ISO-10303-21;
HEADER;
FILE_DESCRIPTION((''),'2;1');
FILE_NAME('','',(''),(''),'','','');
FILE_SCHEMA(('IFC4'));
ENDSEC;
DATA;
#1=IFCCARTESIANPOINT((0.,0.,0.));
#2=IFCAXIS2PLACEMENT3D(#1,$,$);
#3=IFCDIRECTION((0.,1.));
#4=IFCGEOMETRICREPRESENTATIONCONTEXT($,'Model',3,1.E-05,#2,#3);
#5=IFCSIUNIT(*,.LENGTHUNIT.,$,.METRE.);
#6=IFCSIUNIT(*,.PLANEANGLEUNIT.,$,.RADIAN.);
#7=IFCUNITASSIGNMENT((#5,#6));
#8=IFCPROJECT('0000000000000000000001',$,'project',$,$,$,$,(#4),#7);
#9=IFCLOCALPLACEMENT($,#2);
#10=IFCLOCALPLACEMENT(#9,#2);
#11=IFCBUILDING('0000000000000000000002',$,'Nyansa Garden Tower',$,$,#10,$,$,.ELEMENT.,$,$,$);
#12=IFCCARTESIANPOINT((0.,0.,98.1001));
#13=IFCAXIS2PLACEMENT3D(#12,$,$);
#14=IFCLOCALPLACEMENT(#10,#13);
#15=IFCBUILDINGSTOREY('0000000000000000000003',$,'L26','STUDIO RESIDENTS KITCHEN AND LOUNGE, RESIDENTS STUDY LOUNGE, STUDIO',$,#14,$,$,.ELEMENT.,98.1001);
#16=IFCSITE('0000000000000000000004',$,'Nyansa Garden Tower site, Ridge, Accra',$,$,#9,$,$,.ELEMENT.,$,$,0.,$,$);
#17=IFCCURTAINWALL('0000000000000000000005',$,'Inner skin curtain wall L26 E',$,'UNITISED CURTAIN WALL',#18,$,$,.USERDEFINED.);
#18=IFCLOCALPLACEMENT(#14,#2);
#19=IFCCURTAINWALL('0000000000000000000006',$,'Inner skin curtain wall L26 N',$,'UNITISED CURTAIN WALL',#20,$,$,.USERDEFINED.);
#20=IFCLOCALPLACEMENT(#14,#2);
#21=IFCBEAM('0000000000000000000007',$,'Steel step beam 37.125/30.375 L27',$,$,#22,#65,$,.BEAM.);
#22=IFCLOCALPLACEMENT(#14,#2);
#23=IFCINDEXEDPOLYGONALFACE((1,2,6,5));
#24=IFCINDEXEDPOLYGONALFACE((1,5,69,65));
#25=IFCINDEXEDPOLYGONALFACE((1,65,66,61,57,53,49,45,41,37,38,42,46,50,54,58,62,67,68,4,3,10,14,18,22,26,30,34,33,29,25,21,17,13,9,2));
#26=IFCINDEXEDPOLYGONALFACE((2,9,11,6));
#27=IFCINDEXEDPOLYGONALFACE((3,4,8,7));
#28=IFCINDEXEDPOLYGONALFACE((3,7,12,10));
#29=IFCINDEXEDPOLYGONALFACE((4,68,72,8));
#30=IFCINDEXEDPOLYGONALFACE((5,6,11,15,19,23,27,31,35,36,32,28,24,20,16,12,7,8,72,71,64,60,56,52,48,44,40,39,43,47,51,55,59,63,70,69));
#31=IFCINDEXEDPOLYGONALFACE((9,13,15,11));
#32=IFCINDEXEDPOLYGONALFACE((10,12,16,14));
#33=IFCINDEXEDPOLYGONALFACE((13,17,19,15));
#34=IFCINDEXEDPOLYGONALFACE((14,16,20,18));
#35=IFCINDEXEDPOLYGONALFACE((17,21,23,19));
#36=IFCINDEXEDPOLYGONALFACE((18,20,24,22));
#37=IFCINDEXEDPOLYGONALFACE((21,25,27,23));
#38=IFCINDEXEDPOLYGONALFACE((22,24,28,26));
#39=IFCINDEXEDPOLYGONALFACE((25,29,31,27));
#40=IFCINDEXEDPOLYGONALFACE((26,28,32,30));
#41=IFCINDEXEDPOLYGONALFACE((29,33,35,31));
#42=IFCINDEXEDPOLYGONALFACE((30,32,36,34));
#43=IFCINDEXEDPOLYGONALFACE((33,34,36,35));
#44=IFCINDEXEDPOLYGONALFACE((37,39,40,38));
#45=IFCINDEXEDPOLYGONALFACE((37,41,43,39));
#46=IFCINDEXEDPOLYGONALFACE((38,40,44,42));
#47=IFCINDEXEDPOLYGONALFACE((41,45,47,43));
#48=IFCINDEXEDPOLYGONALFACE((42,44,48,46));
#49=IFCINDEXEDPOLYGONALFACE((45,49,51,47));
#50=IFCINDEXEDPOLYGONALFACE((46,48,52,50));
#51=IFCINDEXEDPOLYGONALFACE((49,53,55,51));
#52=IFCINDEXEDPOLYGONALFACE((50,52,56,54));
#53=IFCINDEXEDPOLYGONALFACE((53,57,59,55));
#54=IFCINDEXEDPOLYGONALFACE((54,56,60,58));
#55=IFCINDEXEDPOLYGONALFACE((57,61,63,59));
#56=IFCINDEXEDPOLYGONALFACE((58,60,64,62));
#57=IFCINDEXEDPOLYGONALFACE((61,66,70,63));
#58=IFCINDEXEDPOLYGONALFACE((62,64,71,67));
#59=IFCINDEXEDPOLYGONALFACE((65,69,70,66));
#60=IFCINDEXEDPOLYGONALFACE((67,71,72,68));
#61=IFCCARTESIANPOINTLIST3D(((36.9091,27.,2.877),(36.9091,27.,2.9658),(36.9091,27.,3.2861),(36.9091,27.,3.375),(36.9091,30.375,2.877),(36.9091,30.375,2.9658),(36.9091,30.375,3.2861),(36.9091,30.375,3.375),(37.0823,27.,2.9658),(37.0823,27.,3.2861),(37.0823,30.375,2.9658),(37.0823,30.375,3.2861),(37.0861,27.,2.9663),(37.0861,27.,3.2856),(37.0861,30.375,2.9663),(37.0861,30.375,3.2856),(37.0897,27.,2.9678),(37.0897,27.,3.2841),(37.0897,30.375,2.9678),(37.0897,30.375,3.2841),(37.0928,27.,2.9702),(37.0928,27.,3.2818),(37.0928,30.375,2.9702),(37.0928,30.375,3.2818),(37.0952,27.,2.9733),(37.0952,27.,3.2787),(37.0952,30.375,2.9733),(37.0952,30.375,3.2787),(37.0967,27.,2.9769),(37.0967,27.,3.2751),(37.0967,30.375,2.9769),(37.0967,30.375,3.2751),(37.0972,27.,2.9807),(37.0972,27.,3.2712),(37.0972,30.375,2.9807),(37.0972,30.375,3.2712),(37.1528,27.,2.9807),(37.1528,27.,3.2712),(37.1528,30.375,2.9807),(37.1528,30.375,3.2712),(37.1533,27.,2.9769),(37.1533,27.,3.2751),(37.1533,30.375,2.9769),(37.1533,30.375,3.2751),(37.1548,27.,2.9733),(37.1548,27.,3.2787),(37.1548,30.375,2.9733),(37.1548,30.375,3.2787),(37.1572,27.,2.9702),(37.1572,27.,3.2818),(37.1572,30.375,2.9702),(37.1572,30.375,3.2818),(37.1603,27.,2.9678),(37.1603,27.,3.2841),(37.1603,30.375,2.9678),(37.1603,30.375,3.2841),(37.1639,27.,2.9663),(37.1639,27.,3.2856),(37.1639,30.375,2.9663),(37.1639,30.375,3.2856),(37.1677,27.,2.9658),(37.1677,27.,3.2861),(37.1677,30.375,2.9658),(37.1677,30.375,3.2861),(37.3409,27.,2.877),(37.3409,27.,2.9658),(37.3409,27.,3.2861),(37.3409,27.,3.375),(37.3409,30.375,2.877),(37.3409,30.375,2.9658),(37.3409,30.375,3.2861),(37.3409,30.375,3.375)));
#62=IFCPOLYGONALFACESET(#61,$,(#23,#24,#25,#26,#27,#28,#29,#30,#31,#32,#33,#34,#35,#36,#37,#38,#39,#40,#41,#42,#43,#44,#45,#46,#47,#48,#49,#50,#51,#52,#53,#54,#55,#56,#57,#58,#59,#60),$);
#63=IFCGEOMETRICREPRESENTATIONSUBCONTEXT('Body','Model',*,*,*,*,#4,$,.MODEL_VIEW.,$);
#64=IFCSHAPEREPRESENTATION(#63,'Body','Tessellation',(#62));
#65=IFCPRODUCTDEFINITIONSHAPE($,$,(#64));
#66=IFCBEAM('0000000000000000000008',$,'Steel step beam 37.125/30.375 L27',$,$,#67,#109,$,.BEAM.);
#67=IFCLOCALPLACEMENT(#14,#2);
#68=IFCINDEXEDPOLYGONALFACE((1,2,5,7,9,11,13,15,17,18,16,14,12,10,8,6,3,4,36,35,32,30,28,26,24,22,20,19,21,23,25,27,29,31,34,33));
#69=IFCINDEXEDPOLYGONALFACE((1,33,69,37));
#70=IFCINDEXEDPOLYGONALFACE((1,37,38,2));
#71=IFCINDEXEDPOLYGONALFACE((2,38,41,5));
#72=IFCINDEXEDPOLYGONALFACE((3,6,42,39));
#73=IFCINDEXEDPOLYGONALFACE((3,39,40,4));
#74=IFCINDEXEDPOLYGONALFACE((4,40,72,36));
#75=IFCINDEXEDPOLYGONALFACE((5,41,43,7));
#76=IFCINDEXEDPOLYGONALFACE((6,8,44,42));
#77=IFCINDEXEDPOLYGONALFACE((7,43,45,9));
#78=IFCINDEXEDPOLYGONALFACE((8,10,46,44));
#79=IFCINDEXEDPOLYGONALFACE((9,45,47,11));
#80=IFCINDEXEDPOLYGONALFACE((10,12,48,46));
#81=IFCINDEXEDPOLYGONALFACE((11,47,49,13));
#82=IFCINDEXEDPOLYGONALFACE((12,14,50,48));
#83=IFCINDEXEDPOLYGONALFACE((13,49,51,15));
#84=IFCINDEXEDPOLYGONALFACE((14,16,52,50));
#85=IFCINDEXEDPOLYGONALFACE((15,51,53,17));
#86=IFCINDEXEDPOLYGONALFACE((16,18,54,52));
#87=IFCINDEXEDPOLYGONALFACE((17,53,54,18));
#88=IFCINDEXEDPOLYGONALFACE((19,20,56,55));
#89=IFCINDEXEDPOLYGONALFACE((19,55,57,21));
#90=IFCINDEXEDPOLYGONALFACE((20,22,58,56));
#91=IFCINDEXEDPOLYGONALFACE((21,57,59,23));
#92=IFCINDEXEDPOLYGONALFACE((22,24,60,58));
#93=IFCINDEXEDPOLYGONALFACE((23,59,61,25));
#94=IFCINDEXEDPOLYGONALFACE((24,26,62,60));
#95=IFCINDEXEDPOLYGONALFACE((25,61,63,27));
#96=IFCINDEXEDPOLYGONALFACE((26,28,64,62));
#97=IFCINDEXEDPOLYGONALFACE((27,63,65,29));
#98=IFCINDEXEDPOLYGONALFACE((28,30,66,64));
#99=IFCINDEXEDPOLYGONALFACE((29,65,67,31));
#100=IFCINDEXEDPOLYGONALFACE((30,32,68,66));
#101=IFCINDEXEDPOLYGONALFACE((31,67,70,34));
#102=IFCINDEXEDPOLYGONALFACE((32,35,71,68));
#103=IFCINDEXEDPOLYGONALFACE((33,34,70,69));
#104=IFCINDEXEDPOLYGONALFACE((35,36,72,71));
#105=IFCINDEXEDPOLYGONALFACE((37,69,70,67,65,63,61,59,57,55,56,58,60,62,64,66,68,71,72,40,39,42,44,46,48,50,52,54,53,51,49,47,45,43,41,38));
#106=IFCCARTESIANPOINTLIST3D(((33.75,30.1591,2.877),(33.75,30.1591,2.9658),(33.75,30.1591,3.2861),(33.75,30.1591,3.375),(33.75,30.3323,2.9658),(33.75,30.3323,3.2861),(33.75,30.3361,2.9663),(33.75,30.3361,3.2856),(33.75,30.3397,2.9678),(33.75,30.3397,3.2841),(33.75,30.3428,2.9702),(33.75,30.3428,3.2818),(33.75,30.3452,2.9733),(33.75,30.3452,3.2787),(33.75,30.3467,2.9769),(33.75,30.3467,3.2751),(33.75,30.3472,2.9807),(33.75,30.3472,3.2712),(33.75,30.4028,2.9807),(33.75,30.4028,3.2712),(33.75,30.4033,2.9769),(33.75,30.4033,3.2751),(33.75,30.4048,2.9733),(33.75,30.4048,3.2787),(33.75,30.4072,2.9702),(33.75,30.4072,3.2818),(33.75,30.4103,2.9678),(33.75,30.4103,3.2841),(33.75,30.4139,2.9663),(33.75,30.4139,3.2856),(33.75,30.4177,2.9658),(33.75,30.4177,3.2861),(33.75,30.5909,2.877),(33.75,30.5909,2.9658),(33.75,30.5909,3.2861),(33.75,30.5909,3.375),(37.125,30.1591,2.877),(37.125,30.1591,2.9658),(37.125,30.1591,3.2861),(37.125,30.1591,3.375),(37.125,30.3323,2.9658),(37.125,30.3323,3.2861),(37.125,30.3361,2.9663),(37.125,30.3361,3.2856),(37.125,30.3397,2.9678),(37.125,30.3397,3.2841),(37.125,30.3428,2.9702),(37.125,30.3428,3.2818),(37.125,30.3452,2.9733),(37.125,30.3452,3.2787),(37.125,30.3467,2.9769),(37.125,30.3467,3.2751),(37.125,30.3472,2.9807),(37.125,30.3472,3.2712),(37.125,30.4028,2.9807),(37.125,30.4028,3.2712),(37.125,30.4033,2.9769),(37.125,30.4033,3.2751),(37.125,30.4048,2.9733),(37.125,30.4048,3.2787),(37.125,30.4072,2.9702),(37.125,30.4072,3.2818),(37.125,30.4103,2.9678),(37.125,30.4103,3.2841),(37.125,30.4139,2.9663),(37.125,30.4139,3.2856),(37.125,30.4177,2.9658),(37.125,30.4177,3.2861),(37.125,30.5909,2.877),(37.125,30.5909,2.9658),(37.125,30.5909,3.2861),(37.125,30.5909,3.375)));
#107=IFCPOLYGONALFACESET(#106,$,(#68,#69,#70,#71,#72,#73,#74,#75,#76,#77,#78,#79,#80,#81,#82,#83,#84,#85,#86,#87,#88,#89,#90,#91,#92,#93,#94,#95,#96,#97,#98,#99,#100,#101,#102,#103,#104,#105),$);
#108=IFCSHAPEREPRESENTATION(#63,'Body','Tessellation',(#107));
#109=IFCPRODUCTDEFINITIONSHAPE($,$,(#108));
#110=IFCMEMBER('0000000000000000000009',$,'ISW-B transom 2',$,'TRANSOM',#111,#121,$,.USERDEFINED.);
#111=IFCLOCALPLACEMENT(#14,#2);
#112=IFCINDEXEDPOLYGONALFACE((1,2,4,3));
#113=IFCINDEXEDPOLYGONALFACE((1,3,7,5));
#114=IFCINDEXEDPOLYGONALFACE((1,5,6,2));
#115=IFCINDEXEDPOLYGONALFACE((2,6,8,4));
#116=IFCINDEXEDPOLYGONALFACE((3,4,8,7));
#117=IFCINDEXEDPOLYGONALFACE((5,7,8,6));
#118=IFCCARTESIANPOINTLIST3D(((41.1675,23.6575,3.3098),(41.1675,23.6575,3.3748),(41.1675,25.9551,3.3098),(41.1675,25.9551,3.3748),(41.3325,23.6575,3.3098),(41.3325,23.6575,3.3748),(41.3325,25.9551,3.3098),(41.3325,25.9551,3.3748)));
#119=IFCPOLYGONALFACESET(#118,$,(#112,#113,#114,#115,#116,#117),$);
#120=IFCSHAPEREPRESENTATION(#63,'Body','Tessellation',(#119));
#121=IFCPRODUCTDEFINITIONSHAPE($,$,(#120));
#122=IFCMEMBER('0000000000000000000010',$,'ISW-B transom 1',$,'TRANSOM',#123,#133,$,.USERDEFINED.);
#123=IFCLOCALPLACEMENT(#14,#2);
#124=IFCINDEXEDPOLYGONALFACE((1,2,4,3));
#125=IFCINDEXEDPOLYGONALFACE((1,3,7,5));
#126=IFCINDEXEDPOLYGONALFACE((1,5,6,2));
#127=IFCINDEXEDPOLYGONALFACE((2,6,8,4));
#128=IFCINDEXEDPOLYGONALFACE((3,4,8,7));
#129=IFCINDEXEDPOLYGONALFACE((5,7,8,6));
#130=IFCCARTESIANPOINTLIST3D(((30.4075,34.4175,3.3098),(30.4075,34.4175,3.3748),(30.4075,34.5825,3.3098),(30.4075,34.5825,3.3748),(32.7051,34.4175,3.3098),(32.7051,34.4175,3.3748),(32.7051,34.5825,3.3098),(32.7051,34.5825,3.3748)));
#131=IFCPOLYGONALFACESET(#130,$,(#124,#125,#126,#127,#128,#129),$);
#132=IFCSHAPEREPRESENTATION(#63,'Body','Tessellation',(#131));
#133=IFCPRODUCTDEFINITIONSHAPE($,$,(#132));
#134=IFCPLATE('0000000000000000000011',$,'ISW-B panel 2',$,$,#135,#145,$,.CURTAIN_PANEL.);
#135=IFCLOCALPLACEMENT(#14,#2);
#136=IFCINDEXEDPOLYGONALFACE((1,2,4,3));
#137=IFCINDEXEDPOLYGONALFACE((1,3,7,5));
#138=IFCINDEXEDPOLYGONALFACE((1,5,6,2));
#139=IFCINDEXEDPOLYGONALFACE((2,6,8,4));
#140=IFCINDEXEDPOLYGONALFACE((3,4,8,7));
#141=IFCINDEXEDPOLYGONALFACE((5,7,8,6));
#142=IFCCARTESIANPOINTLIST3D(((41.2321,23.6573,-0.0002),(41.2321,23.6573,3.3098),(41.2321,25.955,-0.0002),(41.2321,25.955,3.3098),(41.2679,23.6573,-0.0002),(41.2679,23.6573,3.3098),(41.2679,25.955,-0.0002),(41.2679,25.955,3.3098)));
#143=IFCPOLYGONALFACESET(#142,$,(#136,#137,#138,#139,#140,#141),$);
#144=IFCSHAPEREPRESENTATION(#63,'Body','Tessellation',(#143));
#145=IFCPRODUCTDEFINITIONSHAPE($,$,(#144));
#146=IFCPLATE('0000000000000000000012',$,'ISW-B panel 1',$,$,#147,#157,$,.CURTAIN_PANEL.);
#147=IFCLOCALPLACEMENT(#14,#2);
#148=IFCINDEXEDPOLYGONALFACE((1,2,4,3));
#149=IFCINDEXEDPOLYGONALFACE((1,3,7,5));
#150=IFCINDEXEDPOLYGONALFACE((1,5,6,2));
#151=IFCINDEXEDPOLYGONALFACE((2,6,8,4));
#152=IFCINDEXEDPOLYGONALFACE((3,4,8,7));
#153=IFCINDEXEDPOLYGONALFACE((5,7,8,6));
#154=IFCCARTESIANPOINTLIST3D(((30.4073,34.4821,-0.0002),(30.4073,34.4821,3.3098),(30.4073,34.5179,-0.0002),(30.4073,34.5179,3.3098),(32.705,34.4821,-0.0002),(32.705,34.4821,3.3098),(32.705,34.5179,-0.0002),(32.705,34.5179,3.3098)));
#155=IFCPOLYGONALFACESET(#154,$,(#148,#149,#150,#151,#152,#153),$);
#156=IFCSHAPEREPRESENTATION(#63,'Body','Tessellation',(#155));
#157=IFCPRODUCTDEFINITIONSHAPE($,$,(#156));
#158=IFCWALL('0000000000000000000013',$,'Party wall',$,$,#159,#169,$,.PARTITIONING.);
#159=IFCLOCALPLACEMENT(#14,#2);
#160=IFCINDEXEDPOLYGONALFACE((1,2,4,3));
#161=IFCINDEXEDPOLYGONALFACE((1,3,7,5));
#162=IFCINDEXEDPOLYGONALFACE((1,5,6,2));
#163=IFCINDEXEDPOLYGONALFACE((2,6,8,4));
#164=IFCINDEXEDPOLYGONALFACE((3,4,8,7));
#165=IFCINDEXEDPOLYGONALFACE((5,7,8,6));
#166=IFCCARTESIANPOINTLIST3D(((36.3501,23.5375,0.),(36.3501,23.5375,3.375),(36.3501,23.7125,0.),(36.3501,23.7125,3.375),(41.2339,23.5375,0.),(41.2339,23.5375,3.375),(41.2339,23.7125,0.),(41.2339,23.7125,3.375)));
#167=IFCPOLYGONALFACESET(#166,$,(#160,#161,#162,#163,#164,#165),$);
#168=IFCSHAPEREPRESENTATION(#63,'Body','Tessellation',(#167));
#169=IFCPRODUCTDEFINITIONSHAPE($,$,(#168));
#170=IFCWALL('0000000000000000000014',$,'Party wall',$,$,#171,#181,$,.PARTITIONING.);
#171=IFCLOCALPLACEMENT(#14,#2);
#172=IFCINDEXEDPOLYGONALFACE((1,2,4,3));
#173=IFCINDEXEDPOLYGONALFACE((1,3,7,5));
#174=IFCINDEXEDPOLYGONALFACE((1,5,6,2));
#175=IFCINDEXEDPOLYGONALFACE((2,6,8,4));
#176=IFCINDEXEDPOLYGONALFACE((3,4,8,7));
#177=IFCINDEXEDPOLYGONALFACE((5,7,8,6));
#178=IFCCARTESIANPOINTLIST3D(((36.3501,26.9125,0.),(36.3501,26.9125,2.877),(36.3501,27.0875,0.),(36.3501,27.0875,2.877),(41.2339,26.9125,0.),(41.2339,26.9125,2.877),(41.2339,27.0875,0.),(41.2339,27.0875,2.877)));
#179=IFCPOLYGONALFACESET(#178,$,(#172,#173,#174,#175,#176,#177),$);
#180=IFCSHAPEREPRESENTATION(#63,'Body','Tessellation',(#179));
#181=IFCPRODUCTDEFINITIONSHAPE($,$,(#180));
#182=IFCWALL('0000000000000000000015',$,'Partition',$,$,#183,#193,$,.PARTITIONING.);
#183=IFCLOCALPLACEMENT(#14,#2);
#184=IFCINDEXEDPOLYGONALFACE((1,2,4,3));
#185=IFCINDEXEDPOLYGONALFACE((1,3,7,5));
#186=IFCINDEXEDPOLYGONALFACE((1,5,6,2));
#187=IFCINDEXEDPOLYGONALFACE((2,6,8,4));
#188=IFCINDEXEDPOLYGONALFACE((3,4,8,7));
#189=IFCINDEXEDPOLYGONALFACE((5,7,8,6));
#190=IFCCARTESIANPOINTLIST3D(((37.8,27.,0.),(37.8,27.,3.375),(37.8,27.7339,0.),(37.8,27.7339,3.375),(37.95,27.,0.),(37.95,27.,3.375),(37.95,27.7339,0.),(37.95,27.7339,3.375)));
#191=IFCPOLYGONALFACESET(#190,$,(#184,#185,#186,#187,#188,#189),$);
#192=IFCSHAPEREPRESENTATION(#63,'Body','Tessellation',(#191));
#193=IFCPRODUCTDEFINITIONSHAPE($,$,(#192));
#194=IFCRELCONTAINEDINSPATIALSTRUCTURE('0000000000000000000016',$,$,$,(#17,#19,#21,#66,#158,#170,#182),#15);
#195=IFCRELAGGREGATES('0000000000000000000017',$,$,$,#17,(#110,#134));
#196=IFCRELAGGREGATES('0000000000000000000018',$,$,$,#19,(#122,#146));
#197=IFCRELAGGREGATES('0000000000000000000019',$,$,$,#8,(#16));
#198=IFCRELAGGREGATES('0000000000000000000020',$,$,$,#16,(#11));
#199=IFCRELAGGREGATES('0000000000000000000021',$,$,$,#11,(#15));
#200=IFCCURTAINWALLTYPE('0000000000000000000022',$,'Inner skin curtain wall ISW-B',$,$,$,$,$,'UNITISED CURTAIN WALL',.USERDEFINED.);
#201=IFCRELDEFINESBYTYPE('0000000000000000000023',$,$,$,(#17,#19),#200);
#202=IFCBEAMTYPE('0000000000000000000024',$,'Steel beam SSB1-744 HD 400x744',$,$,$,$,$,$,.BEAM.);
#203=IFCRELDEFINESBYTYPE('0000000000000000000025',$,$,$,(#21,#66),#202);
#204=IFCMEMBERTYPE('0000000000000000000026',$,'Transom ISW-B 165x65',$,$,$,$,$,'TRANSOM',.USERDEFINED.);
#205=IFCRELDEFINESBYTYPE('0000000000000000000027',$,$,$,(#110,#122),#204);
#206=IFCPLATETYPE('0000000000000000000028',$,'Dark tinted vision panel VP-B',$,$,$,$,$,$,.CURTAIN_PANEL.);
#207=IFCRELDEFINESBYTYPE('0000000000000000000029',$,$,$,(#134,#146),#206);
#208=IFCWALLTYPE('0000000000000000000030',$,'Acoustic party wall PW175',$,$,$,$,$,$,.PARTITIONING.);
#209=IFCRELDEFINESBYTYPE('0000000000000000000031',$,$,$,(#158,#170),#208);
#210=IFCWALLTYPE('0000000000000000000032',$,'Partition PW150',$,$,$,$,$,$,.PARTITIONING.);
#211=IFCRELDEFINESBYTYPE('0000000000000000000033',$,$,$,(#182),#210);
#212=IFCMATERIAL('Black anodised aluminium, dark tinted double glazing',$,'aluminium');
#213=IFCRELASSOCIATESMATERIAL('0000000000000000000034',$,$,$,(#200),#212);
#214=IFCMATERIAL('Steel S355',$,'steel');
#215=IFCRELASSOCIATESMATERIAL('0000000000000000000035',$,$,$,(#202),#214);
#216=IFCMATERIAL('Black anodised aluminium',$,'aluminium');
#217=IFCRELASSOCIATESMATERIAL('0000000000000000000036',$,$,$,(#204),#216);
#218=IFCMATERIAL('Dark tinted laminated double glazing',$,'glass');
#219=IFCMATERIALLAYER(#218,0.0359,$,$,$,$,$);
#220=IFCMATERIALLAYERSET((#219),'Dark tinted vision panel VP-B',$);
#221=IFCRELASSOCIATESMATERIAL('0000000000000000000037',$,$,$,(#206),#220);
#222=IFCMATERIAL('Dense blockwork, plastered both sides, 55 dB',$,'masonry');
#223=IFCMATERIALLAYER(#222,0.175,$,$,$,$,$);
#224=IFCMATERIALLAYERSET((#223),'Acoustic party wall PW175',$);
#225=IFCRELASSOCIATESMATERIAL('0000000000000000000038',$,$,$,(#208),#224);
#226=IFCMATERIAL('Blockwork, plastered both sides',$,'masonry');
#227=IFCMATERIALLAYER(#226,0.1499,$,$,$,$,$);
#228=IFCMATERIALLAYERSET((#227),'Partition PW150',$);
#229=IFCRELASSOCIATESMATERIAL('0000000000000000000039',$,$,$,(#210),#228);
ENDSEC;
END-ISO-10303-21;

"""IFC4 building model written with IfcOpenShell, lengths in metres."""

from ifc_helpers import new_model, si_unit, direction, frame, frame_2d, origin, origin_2d, place, context, subcontext, project, spatial, rectangle, i_section, extrude, material, layer, layer_set, material_profile, profile_set, type_object, element, aggregate, save


model = new_model("IFC4")

# Units and contexts
model_context = context("Model", 3, precision=1e-05, world=origin(), true_north=direction((0.0, 1.0)))
body_context = subcontext(model_context, "Body", "Model", "MODEL_VIEW")
ifc_project = project(units=[si_unit("LENGTHUNIT", "METRE"), si_unit("PLANEANGLEUNIT", "RADIAN")], contexts=[model_context])

# Site, building, storey
site_placement = place(None, origin())
site = spatial("IfcSite", under=ifc_project, at=site_placement, Name="Nyansa Garden Tower site, Ridge, Accra", CompositionType="ELEMENT", RefElevation=0.0)
building_placement = place(site_placement, origin())
building = spatial("IfcBuilding", under=site, at=building_placement, Name="Nyansa Garden Tower", CompositionType="ELEMENT")
storey_placement = place(building_placement, frame((0.0, 0.0, 98.1001)))
storey = spatial("IfcBuildingStorey", under=building, at=storey_placement, Name="L26", Description="STUDIO RESIDENTS KITCHEN AND LOUNGE, RESIDENTS STUDY LOUNGE, STUDIO", CompositionType="ELEMENT", Elevation=98.1001)

# Curtain wall
ifc_material_1 = material(Name="Black anodised aluminium, dark tinted double glazing", Category="aluminium")
curtain_wall_type = type_object("IfcCurtainWallType", Name="Inner skin curtain wall ISW-B", ElementType="UNITISED CURTAIN WALL", PredefinedType="USERDEFINED", material=ifc_material_1)
curtain_wall_1_placement = place(storey_placement, origin())
curtain_wall_1 = element("IfcCurtainWall", 1, at=curtain_wall_1_placement, inside=storey, type_object=curtain_wall_type, Name="Inner skin curtain wall L26 E", ObjectType="UNITISED CURTAIN WALL", PredefinedType="USERDEFINED")

# Curtain wall
curtain_wall_2_placement = place(storey_placement, origin())
curtain_wall_2 = element("IfcCurtainWall", 2, at=curtain_wall_2_placement, inside=storey, type_object=curtain_wall_type, Name="Inner skin curtain wall L26 N", ObjectType="UNITISED CURTAIN WALL", PredefinedType="USERDEFINED")

# Beams
ifc_material_2 = material(Name="Steel S355", Category="steel")
ifc_material_profile_1 = material_profile(ifc_material_2, i_section(OverallWidth=0.4319, OverallDepth=0.498, WebThickness=0.0557, FlangeThickness=0.0889, FilletRadius=0.0149, at=origin_2d()), Name="HD 400x744")
ifc_profile_set_1 = profile_set([ifc_material_profile_1], Name="Steel S355")
beam_type_1 = type_object("IfcBeamType", Name="Steel beam SSB1-744 HD 400x744", PredefinedType="BEAM", material=ifc_profile_set_1)
for number, where, z_axis, x_axis, name in (
    (3, (37.125, 30.375, 3.126), (0.0, -1.0, 0.0), (1.0, 0.0, 0.0), "Steel step beam 37.125/30.375 L27"),
    (4, (37.125, 30.375, 3.126), (-1.0, 0.0, 0.0), (0.0, -1.0, 0.0), "Steel step beam 37.125/30.375 L27"),
):
    element("IfcBeam", number, at=place(storey_placement, frame(where, z_axis=z_axis, x_axis=x_axis)), inside=storey, type_object=beam_type_1, Name=name, PredefinedType="BEAM", context=body_context, shape_type="SweptSolid", body=[
        extrude(i_section(OverallWidth=0.4319, OverallDepth=0.498, WebThickness=0.0557, FlangeThickness=0.0889, FilletRadius=0.0149, at=origin_2d()), origin(), (0.0, 0.0, 1.0), 3.375),
    ])

# Members
ifc_material_3 = material(Name="Black anodised aluminium", Category="aluminium")
ifc_material_profile_2 = material_profile(ifc_material_3, rectangle(XDim=0.165, YDim=0.0649, at=origin_2d()), Name="Transom 165x65")
ifc_profile_set_2 = profile_set([ifc_material_profile_2], Name="Black anodised aluminium")
member_type_1 = type_object("IfcMemberType", Name="Transom ISW-B 165x65", ElementType="TRANSOM", PredefinedType="USERDEFINED", material=ifc_profile_set_2)
member_1_placement = place(storey_placement, frame((41.25, 23.6575, 3.3423), z_axis=(0.0, 1.0, 0.0), x_axis=(-1.0, 0.0, 0.0)))
member_1 = element("IfcMember", 5, at=member_1_placement, type_object=member_type_1, Name="ISW-B transom 2", ObjectType="TRANSOM", PredefinedType="USERDEFINED", context=body_context, shape_type="SweptSolid", body=[
    extrude(rectangle(XDim=0.165, YDim=0.0649, at=origin_2d()), origin(), (0.0, 0.0, 1.0), 2.2976),
])
member_2_placement = place(storey_placement, frame((32.7051, 34.5, 3.3423), z_axis=(-1.0, 0.0, 0.0), x_axis=(0.0, -1.0, 0.0)))
member_2 = element("IfcMember", 6, at=member_2_placement, type_object=member_type_1, Name="ISW-B transom 1", ObjectType="TRANSOM", PredefinedType="USERDEFINED", context=body_context, shape_type="SweptSolid", body=[
    extrude(rectangle(XDim=0.165, YDim=0.0649, at=origin_2d()), origin(), (0.0, 0.0, 1.0), 2.2976),
])

# Plates
ifc_material_4 = material(Name="Dark tinted laminated double glazing", Category="glass")
ifc_layer_1 = layer(ifc_material_4, 0.0359)
ifc_layer_set_1 = layer_set([ifc_layer_1], Name="Dark tinted vision panel VP-B")
plate_type = type_object("IfcPlateType", Name="Dark tinted vision panel VP-B", PredefinedType="CURTAIN_PANEL", material=ifc_layer_set_1)
plate_1_placement = place(storey_placement, frame((41.25, 24.8062, -0.0002), z_axis=(0.0, 0.0, 1.0), x_axis=(0.0, 1.0, 0.0)))
plate_1 = element("IfcPlate", 7, at=plate_1_placement, type_object=plate_type, Name="ISW-B panel 2", PredefinedType="CURTAIN_PANEL", context=body_context, shape_type="SweptSolid", body=[
    extrude(rectangle(XDim=2.2976, YDim=0.0359, at=origin_2d()), origin(), (0.0, 0.0, 1.0), 3.3101),
])
aggregate(curtain_wall_1, [member_1, plate_1])
plate_2_placement = place(storey_placement, frame((31.5562, 34.5, -0.0002), z_axis=(0.0, 0.0, 1.0), x_axis=(-1.0, 0.0, 0.0)))
plate_2 = element("IfcPlate", 8, at=plate_2_placement, type_object=plate_type, Name="ISW-B panel 1", PredefinedType="CURTAIN_PANEL", context=body_context, shape_type="SweptSolid", body=[
    extrude(rectangle(XDim=2.2976, YDim=0.0359, at=origin_2d()), origin(), (0.0, 0.0, 1.0), 3.3101),
])
aggregate(curtain_wall_2, [member_2, plate_2])

# Walls
ifc_material_5 = material(Name="Dense blockwork, plastered both sides, 55 dB", Category="masonry")
ifc_layer_2 = layer(ifc_material_5, 0.175)
ifc_layer_set_2 = layer_set([ifc_layer_2], Name="Acoustic party wall PW175")
wall_type_1 = type_object("IfcWallType", Name="Acoustic party wall PW175", PredefinedType="PARTITIONING", material=ifc_layer_set_2)
wall_1_placement = place(storey_placement, frame((36.3501, 23.625, 0.0), z_axis=(0.0, 0.0, 1.0), x_axis=(1.0, 0.0, 0.0)))
element("IfcWall", 9, at=wall_1_placement, inside=storey, type_object=wall_type_1, Name="Party wall", PredefinedType="PARTITIONING", context=body_context, shape_type="SweptSolid", body=[
    extrude(rectangle(XDim=4.8838, YDim=0.175, at=frame_2d((2.4419, 0.0))), origin(), (0.0, 0.0, 1.0), 3.375),
])
wall_2_placement = place(storey_placement, frame((36.3501, 27.0, 0.0), z_axis=(0.0, 0.0, 1.0), x_axis=(1.0, 0.0, 0.0)))
element("IfcWall", 10, at=wall_2_placement, inside=storey, type_object=wall_type_1, Name="Party wall", PredefinedType="PARTITIONING", context=body_context, shape_type="SweptSolid", body=[
    extrude(rectangle(XDim=4.8838, YDim=0.175, at=frame_2d((2.4419, 0.0))), origin(), (0.0, 0.0, 1.0), 2.877),
])
ifc_material_6 = material(Name="Blockwork, plastered both sides", Category="masonry")
ifc_layer_3 = layer(ifc_material_6, 0.1499)
ifc_layer_set_3 = layer_set([ifc_layer_3], Name="Partition PW150")
wall_type_2 = type_object("IfcWallType", Name="Partition PW150", PredefinedType="PARTITIONING", material=ifc_layer_set_3)
wall_3_placement = place(storey_placement, frame((37.875, 27.0, 0.0), z_axis=(0.0, 0.0, 1.0), x_axis=(0.0, 1.0, 0.0)))
element("IfcWall", 11, at=wall_3_placement, inside=storey, type_object=wall_type_2, Name="Partition", PredefinedType="PARTITIONING", context=body_context, shape_type="SweptSolid", body=[
    extrude(rectangle(XDim=0.7339, YDim=0.1499, at=frame_2d((0.3669, 0.0))), origin(), (0.0, 0.0, 1.0), 3.375),
])

save(model, "model.ifc")
